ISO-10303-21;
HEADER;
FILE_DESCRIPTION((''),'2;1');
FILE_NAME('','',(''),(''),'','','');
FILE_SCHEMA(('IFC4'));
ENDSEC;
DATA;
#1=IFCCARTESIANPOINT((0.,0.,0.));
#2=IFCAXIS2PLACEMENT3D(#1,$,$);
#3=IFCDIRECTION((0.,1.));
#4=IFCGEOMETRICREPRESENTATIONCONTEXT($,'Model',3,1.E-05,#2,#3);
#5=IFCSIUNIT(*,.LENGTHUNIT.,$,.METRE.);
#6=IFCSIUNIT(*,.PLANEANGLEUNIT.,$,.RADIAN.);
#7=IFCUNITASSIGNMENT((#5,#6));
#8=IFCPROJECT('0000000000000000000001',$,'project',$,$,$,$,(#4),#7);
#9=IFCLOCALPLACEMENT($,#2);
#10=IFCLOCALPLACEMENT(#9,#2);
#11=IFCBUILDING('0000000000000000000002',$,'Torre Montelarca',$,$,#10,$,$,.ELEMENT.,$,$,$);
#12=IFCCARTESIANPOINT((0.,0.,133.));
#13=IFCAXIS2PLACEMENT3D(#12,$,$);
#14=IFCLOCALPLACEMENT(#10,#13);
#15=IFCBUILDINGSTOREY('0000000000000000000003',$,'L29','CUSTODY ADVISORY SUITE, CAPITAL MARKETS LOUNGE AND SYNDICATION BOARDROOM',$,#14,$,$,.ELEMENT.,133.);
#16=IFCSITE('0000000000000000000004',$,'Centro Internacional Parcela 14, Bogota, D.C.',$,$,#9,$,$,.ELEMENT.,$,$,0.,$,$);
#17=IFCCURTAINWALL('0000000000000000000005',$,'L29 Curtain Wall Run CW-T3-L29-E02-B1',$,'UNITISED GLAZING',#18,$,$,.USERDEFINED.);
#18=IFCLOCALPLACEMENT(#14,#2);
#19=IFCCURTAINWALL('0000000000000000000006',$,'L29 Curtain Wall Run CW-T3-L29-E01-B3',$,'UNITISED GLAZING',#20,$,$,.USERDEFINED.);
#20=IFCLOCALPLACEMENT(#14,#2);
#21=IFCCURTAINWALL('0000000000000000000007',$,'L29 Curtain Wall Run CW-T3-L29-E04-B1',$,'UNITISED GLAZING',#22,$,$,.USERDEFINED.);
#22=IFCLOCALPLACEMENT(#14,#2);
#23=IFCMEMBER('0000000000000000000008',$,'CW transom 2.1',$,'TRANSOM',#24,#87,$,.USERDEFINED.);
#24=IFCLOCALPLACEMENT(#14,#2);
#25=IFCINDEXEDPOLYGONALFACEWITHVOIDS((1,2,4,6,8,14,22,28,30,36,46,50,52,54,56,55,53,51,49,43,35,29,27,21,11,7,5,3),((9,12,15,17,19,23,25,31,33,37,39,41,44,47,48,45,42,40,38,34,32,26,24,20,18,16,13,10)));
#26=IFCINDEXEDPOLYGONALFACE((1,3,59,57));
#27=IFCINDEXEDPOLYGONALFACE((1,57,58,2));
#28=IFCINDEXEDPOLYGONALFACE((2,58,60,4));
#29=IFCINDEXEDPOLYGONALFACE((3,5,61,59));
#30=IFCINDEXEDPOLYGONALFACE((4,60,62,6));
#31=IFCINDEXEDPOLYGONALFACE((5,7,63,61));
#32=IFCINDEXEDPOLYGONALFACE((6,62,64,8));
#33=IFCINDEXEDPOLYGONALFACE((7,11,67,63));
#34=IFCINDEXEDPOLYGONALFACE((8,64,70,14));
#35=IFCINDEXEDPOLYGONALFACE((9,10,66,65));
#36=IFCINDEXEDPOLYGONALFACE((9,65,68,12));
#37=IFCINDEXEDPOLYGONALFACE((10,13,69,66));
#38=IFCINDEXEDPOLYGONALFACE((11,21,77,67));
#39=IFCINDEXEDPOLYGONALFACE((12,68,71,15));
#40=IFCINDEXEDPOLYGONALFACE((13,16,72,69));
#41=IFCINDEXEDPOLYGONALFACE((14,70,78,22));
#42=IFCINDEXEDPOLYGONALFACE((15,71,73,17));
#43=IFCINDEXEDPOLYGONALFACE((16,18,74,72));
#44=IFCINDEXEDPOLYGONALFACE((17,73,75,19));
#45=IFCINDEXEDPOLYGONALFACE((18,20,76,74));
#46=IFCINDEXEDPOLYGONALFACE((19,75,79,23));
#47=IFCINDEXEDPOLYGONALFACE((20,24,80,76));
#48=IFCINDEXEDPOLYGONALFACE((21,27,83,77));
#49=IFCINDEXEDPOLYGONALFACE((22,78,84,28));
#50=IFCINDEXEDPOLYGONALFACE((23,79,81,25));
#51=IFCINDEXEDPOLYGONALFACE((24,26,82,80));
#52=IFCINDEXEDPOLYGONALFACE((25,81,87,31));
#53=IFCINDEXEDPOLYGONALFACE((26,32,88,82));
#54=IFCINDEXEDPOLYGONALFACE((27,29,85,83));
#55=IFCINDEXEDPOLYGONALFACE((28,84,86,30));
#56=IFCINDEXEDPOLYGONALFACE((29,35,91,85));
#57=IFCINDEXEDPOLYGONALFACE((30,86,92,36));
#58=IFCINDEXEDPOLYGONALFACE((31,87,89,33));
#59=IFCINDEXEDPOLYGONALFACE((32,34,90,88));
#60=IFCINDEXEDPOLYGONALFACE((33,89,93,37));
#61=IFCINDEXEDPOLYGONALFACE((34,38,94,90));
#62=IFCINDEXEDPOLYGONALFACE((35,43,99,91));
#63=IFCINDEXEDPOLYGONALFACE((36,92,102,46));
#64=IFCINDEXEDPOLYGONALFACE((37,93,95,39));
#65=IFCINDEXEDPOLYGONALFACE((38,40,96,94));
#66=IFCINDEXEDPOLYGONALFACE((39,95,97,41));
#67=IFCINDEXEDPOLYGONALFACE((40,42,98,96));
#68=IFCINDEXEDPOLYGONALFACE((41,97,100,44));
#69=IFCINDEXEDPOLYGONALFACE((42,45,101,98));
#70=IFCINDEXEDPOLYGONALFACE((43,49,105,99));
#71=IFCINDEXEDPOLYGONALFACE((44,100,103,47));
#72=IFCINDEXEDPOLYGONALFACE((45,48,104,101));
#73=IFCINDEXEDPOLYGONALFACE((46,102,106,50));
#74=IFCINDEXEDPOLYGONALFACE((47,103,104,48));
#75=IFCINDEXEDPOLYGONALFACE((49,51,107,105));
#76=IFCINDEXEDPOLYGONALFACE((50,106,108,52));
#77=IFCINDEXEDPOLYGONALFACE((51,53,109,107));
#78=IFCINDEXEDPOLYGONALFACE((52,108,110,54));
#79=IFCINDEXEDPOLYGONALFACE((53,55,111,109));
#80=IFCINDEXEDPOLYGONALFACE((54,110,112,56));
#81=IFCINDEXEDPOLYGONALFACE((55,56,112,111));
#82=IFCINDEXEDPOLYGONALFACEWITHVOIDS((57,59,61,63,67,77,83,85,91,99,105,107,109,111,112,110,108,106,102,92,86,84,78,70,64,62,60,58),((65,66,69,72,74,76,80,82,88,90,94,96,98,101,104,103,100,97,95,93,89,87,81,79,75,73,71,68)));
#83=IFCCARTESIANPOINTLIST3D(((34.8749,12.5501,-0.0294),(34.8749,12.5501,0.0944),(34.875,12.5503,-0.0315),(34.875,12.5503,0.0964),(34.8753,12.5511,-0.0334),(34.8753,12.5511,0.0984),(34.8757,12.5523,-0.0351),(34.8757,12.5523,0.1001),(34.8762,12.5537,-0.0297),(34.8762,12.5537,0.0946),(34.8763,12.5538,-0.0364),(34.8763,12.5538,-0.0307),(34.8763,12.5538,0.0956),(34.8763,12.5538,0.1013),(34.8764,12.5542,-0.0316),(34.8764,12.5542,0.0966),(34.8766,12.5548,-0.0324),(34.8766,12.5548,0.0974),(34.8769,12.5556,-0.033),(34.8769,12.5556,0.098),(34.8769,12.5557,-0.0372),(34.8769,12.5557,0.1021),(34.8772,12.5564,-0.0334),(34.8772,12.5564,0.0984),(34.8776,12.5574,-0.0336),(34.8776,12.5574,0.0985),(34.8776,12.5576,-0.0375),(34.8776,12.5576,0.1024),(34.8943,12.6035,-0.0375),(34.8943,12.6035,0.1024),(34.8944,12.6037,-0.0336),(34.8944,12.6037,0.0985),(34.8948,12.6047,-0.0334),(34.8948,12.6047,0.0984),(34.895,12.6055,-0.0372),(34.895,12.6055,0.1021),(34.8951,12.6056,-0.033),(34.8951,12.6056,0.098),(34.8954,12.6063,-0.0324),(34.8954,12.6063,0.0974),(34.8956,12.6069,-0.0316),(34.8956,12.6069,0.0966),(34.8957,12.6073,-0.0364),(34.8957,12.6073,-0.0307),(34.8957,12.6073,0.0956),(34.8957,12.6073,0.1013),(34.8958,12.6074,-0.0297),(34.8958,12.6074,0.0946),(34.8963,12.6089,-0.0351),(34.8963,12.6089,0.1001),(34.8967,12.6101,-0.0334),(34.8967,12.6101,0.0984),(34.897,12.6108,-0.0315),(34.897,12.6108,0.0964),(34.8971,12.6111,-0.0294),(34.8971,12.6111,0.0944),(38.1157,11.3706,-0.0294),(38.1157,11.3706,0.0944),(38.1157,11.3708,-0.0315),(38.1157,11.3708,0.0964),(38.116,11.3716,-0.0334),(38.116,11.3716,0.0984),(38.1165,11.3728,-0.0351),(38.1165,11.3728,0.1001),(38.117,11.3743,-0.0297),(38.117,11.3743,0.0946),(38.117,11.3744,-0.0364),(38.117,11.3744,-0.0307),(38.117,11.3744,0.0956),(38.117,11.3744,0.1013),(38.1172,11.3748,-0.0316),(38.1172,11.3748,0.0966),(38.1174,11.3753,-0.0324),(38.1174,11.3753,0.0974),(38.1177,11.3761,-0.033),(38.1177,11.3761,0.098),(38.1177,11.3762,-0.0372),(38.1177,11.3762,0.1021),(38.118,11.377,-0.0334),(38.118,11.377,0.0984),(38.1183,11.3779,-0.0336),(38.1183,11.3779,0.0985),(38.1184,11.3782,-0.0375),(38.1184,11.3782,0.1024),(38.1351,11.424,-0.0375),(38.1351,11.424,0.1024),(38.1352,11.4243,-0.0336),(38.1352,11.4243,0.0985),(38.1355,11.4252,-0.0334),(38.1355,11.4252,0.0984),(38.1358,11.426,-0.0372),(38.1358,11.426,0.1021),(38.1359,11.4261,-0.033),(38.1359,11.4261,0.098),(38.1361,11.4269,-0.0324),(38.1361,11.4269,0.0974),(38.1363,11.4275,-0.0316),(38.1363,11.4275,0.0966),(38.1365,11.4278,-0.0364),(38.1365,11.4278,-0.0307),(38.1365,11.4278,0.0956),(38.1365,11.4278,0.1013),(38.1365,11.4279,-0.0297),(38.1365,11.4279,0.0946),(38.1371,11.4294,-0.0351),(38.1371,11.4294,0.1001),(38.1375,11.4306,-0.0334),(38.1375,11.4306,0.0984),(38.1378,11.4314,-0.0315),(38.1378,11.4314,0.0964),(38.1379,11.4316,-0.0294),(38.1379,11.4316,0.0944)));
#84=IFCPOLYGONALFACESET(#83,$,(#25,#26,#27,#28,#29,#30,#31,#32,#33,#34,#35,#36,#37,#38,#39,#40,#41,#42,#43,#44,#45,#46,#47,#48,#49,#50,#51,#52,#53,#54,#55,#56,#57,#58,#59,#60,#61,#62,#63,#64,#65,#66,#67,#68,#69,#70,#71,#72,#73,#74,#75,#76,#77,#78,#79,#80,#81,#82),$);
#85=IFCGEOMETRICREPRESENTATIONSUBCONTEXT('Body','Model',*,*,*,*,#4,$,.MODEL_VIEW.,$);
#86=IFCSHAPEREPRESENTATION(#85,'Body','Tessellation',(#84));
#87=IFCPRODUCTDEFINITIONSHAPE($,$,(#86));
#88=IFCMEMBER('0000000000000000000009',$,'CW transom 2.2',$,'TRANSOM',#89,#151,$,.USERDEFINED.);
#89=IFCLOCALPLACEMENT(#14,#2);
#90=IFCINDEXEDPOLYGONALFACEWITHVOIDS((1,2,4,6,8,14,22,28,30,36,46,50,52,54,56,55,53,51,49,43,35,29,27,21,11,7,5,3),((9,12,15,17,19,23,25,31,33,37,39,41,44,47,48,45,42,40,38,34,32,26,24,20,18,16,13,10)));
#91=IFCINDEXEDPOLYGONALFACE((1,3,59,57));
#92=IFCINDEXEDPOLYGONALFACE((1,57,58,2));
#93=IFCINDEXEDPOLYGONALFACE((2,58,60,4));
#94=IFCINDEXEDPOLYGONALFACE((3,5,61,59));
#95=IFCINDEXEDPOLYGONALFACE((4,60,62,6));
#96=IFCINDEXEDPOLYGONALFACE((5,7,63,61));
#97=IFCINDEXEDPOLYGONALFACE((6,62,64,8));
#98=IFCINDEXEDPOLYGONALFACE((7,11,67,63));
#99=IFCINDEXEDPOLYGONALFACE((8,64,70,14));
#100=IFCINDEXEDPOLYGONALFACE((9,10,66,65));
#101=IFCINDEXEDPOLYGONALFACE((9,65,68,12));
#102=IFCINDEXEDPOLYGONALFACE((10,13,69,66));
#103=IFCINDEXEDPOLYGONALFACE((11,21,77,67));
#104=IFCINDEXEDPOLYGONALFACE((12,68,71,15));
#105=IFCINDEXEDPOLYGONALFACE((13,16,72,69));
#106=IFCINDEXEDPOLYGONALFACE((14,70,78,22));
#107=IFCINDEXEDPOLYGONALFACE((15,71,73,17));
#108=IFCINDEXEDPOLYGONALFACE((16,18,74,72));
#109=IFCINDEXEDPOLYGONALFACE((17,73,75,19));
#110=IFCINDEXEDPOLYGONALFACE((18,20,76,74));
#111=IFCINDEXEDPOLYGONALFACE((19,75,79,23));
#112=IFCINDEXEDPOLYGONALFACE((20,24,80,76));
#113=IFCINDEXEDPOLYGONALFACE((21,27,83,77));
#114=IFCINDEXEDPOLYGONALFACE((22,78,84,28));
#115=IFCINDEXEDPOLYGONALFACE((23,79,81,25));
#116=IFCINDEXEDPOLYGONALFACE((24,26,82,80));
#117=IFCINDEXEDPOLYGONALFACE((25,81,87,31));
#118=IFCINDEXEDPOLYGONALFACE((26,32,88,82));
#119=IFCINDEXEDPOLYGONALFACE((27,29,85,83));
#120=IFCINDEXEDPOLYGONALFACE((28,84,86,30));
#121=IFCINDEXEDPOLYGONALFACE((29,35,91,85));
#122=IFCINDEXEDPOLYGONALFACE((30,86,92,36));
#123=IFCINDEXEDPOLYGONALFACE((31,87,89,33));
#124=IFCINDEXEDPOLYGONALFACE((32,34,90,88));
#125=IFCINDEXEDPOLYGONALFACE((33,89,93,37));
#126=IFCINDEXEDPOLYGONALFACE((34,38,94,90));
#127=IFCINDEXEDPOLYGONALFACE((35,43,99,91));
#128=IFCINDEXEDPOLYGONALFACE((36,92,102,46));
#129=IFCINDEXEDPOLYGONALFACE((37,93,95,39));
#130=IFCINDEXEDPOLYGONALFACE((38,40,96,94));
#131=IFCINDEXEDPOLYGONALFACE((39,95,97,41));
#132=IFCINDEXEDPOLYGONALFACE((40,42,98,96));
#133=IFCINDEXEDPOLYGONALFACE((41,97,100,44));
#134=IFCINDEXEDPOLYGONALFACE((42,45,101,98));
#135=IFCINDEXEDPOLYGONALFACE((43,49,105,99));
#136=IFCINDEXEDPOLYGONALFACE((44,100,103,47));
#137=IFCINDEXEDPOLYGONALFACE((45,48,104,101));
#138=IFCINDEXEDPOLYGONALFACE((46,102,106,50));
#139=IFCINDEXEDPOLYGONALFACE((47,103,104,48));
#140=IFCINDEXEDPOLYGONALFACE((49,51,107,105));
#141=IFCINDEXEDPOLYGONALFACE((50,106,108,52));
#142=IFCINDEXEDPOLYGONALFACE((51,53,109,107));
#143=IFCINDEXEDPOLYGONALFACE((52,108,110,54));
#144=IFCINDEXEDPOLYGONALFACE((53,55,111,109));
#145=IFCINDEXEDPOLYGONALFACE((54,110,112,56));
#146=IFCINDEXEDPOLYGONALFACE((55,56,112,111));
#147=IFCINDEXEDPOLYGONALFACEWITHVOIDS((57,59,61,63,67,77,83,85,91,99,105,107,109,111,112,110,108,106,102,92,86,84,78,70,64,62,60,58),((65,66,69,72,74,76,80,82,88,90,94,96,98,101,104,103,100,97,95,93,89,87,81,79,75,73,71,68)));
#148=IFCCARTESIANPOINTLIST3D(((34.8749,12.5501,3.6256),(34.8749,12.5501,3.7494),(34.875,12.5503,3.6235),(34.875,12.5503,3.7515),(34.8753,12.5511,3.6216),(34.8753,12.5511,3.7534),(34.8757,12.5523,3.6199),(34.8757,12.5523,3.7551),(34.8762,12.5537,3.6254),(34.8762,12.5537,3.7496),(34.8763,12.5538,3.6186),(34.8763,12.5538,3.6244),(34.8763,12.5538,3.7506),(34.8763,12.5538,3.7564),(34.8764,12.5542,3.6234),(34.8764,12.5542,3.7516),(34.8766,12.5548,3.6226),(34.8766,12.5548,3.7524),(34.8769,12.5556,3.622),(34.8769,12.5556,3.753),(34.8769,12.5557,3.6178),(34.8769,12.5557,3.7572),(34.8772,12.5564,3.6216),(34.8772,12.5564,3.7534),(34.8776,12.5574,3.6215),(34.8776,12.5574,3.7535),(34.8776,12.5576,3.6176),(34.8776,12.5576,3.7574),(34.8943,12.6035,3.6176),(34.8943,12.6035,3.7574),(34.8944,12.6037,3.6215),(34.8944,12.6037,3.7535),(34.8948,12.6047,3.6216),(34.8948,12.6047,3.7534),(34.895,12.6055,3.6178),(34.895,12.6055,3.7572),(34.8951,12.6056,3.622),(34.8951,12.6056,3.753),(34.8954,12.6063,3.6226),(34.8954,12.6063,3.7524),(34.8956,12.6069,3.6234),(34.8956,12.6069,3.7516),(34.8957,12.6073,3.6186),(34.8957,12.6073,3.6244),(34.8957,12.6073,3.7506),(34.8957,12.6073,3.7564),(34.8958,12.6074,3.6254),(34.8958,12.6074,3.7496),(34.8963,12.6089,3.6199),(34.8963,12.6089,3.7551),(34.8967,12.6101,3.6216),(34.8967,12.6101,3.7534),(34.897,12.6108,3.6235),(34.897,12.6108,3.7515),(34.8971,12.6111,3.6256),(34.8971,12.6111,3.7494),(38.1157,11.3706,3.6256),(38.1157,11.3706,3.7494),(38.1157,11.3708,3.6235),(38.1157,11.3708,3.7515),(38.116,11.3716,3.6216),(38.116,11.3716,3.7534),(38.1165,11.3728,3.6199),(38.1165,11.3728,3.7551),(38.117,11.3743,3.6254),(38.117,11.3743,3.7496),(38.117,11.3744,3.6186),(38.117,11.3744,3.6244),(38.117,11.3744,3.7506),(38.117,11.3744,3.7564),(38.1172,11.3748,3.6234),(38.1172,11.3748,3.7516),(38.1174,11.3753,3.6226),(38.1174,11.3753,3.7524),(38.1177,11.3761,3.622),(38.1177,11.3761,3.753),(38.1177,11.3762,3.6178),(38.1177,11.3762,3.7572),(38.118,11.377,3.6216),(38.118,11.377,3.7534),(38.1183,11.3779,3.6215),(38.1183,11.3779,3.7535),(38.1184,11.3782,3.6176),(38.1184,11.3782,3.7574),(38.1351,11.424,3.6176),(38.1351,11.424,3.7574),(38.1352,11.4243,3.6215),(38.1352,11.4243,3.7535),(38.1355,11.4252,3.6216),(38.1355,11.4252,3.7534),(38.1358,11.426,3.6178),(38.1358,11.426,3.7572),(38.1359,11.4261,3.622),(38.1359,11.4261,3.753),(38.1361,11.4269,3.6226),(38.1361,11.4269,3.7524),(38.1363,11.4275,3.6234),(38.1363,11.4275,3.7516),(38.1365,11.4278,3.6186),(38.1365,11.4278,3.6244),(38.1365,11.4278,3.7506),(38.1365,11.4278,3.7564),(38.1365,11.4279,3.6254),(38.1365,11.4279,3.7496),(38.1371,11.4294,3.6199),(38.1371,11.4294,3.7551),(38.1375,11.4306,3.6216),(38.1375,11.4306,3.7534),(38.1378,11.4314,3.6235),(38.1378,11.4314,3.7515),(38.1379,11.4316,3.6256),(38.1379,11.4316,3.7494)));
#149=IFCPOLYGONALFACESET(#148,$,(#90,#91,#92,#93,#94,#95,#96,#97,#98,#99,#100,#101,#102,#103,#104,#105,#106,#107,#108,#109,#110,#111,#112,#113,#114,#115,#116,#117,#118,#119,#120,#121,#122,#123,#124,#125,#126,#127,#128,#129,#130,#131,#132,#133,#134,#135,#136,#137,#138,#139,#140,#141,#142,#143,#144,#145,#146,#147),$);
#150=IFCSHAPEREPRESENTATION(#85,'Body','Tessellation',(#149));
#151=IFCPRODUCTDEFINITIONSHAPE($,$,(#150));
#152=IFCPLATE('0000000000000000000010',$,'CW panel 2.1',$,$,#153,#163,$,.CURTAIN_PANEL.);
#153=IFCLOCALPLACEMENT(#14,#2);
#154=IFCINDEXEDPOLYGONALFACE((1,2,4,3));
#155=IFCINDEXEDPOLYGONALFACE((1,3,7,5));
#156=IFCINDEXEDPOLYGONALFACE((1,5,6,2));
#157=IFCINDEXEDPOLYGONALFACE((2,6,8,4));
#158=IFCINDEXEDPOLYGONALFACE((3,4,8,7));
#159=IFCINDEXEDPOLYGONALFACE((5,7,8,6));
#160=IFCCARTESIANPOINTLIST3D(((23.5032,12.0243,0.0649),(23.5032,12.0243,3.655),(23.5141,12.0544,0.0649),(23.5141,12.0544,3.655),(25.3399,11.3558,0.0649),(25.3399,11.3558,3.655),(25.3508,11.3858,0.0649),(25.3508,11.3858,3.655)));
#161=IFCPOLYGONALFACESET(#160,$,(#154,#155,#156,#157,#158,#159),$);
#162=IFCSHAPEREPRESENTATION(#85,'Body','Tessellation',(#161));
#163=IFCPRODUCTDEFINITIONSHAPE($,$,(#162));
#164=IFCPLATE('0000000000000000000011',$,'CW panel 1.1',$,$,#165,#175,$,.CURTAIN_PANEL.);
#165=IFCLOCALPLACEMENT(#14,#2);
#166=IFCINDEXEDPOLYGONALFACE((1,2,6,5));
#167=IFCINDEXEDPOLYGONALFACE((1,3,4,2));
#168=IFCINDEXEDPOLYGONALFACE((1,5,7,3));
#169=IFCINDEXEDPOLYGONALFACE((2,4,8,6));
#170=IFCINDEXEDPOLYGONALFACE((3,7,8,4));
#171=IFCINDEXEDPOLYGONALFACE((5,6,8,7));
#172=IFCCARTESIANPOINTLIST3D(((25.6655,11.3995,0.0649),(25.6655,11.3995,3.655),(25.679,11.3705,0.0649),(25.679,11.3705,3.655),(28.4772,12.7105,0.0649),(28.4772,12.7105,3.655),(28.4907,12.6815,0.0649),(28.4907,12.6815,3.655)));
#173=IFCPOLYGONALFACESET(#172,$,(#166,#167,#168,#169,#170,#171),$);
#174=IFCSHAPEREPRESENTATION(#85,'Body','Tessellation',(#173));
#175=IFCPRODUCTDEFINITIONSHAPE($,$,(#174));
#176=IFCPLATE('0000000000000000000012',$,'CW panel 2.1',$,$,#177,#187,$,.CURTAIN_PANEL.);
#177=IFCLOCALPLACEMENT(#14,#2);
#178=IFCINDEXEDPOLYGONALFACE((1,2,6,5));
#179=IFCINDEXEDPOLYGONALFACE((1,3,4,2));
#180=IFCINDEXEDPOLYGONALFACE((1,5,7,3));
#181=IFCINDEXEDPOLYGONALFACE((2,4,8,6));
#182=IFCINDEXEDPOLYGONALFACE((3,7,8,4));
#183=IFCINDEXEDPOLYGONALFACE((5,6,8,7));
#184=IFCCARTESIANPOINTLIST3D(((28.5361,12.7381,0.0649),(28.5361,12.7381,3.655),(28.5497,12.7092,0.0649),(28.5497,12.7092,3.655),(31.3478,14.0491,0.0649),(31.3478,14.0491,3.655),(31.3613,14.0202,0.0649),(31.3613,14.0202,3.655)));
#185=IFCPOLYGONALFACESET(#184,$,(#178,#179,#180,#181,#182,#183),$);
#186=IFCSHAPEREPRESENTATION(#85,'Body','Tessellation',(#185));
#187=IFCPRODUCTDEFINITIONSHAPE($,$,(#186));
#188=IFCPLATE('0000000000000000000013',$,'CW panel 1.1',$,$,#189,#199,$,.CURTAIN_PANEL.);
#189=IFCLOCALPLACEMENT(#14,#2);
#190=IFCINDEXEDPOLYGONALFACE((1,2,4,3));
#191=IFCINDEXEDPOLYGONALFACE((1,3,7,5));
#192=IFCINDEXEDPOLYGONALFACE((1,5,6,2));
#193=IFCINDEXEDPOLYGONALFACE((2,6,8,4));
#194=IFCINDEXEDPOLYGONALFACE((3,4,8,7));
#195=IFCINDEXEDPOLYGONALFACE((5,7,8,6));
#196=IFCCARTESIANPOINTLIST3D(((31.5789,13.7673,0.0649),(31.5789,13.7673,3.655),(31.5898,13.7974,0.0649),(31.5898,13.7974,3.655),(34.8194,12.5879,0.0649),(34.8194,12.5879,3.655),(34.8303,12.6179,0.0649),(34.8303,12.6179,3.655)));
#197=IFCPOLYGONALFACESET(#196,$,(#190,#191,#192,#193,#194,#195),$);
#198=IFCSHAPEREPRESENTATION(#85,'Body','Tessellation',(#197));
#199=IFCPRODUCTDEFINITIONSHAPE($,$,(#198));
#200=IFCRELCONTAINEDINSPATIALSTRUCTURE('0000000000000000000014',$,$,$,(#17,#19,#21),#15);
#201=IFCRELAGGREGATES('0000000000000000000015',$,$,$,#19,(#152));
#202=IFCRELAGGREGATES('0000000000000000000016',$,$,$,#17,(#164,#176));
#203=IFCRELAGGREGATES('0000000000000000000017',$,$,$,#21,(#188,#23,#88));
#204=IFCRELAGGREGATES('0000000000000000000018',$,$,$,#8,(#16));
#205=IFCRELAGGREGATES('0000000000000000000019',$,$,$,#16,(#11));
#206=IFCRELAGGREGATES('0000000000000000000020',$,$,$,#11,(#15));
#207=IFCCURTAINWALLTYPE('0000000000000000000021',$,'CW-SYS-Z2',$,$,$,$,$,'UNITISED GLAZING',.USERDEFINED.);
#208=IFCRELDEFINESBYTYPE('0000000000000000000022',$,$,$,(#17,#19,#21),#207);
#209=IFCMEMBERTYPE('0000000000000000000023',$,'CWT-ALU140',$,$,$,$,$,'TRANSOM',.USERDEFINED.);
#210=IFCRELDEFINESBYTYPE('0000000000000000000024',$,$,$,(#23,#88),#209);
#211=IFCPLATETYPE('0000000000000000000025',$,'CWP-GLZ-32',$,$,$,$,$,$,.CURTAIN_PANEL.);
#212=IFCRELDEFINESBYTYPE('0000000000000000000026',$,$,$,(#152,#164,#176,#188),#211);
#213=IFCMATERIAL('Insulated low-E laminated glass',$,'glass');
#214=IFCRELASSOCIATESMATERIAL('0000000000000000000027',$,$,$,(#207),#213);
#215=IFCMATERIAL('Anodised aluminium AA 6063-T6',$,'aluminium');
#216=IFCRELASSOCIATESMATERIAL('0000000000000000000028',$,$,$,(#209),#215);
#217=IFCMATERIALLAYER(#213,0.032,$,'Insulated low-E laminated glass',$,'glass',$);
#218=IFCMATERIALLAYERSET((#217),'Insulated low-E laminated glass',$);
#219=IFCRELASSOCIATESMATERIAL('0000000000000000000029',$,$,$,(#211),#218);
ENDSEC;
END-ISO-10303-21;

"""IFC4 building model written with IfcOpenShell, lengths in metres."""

from ifc_helpers import new_model, si_unit, direction, frame, origin, origin_2d, place, context, subcontext, project, spatial, rectangle, hollow_rectangle, extrude, source, transform, mapped, material, layer, layer_set, material_profile, profile_set, type_object, element, aggregate, save


model = new_model("IFC4")

# Units and contexts
model_context = context("Model", 3, precision=1e-05, world=origin(), true_north=direction((0.0, 1.0)))
body_context = subcontext(model_context, "Body", "Model", "MODEL_VIEW")
ifc_project = project(units=[si_unit("LENGTHUNIT", "METRE"), si_unit("PLANEANGLEUNIT", "RADIAN")], contexts=[model_context])

# Site, building, storey
site_placement = place(None, origin())
site = spatial("IfcSite", under=ifc_project, at=site_placement, Name="Centro Internacional Parcela 14, Bogota, D.C.", CompositionType="ELEMENT", RefElevation=0.0)
building_placement = place(site_placement, origin())
building = spatial("IfcBuilding", under=site, at=building_placement, Name="Torre Montelarca", CompositionType="ELEMENT")
storey_placement = place(building_placement, frame((0.0, 0.0, 133.0)))
storey = spatial("IfcBuildingStorey", under=building, at=storey_placement, Name="L29", Description="CUSTODY ADVISORY SUITE, CAPITAL MARKETS LOUNGE AND SYNDICATION BOARDROOM", CompositionType="ELEMENT", Elevation=133.0)

# Curtain walls
ifc_material_1 = material(Name="Insulated low-E laminated glass", Category="glass")
curtain_wall_type = type_object("IfcCurtainWallType", Name="CW-SYS-Z2", ElementType="UNITISED GLAZING", PredefinedType="USERDEFINED", material=ifc_material_1)
curtain_wall_1_placement = place(storey_placement, origin())
curtain_wall_1 = element("IfcCurtainWall", 1, at=curtain_wall_1_placement, inside=storey, type_object=curtain_wall_type, Name="L29 Curtain Wall Run CW-T3-L29-E02-B1", ObjectType="UNITISED GLAZING", PredefinedType="USERDEFINED")
ifc_material_2 = material(Name="Anodised aluminium AA 6063-T6", Category="aluminium")
ifc_material_profile_1 = material_profile(ifc_material_2, hollow_rectangle(XDim=0.0649, YDim=0.1399, WallThickness=0.0039, InnerFilletRadius=0.0039, OuterFilletRadius=0.0081, at=origin_2d()), Name="ALU65X140X4", Category="aluminium")
ifc_profile_set_1 = profile_set([ifc_material_profile_1], Name="Anodised aluminium AA 6063-T6")
member_type_1 = type_object("IfcMemberType", Name="CWT-ALU140", ElementType="TRANSOM", PredefinedType="USERDEFINED", material=ifc_profile_set_1)
curtain_wall_2_placement = place(storey_placement, origin())
curtain_wall_2 = element("IfcCurtainWall", 2, at=curtain_wall_2_placement, inside=storey, type_object=curtain_wall_type, Name="L29 Curtain Wall Run CW-T3-L29-E01-B3", ObjectType="UNITISED GLAZING", PredefinedType="USERDEFINED")

# Curtain wall
curtain_wall_3_placement = place(storey_placement, origin())
curtain_wall_3 = element("IfcCurtainWall", 3, at=curtain_wall_3_placement, inside=storey, type_object=curtain_wall_type, Name="L29 Curtain Wall Run CW-T3-L29-E04-B1", ObjectType="UNITISED GLAZING", PredefinedType="USERDEFINED")

# Members
shared_shape_1 = source(origin(), body_context, "Body", "SweptSolid", [
    extrude(hollow_rectangle(XDim=0.0649, YDim=0.1399, WallThickness=0.0039, InnerFilletRadius=0.0039, OuterFilletRadius=0.0081, at=origin_2d()), origin(), (0.0, 0.0, 1.0), 3.4487),
])
member_1_placement = place(storey_placement, frame((34.886, 12.5806, 0.0325), z_axis=(0.9397, -0.341999, 0.0), x_axis=(0.341999, 0.9397, 0.0)))
member_1 = element("IfcMember", 4, at=member_1_placement, type_object=member_type_1, Name="CW transom 2.1", ObjectType="TRANSOM", PredefinedType="USERDEFINED", context=body_context, shape_type="MappedRepresentation", body=[
    mapped(shared_shape_1, transform((0.0, 0.0, 0.0), scale=1.0)),
])
member_2_placement = place(storey_placement, frame((34.886, 12.5806, 3.6875), z_axis=(0.9397, -0.341999, 0.0), x_axis=(0.341999, 0.9397, 0.0)))
member_2 = element("IfcMember", 5, at=member_2_placement, type_object=member_type_1, Name="CW transom 2.2", ObjectType="TRANSOM", PredefinedType="USERDEFINED", context=body_context, shape_type="MappedRepresentation", body=[
    mapped(shared_shape_1, transform((0.0, 0.0, 0.0), scale=1.0)),
])

# Plates
ifc_layer_1 = layer(ifc_material_1, 0.032, Name="Insulated low-E laminated glass", Category="glass")
ifc_layer_set_1 = layer_set([ifc_layer_1], Name="Insulated low-E laminated glass")
plate_type = type_object("IfcPlateType", Name="CWP-GLZ-32", PredefinedType="CURTAIN_PANEL", material=ifc_layer_set_1)
shared_shape_2 = source(origin(), body_context, "Body", "SweptSolid", [
    extrude(rectangle(XDim=1.9546, YDim=0.032, at=origin_2d()), origin(), (0.0, 0.0, 1.0), 3.5901),
])
plate_1_placement = place(storey_placement, frame((24.427, 11.7051, 0.0649), z_axis=(0.0, 0.0, 1.0), x_axis=(0.939692, -0.342023, 0.0)))
plate_1 = element("IfcPlate", 6, at=plate_1_placement, type_object=plate_type, Name="CW panel 2.1", PredefinedType="CURTAIN_PANEL", context=body_context, shape_type="MappedRepresentation", body=[
    mapped(shared_shape_2, transform((0.0, 0.0, 0.0), scale=1.0)),
])
aggregate(curtain_wall_2, [plate_1])
shared_shape_3 = source(origin(), body_context, "Body", "SweptSolid", [
    extrude(rectangle(XDim=3.1023, YDim=0.032, at=origin_2d()), origin(), (0.0, 0.0, 1.0), 3.5901),
])
plate_2_placement = place(storey_placement, frame((27.0781, 12.0405, 0.0649), z_axis=(0.0, 0.0, 1.0), x_axis=(0.906321, 0.422589, 0.0)))
plate_2 = element("IfcPlate", 7, at=plate_2_placement, type_object=plate_type, Name="CW panel 1.1", PredefinedType="CURTAIN_PANEL", context=body_context, shape_type="MappedRepresentation", body=[
    mapped(shared_shape_3, transform((0.0, 0.0, 0.0), scale=1.0)),
])
plate_3_placement = place(storey_placement, frame((29.9487, 13.3792, 0.0649), z_axis=(0.0, 0.0, 1.0), x_axis=(0.906321, 0.422589, 0.0)))
plate_3 = element("IfcPlate", 8, at=plate_3_placement, type_object=plate_type, Name="CW panel 2.1", PredefinedType="CURTAIN_PANEL", context=body_context, shape_type="MappedRepresentation", body=[
    mapped(shared_shape_3, transform((0.0, 0.0, 0.0), scale=1.0)),
])
aggregate(curtain_wall_1, [plate_2, plate_3])
shared_shape_4 = source(origin(), body_context, "Body", "SweptSolid", [
    extrude(rectangle(XDim=3.4485, YDim=0.032, at=origin_2d()), origin(), (0.0, 0.0, 1.0), 3.5901),
])
plate_4_placement = place(storey_placement, frame((33.2046, 13.1926, 0.0649), z_axis=(0.0, 0.0, 1.0), x_axis=(0.939695, -0.342015, 0.0)))
plate_4 = element("IfcPlate", 9, at=plate_4_placement, type_object=plate_type, Name="CW panel 1.1", PredefinedType="CURTAIN_PANEL", context=body_context, shape_type="MappedRepresentation", body=[
    mapped(shared_shape_4, transform((0.0, 0.0, 0.0), scale=1.0)),
])
aggregate(curtain_wall_3, [plate_4, member_1, member_2])

save(model, "model.ifc")
